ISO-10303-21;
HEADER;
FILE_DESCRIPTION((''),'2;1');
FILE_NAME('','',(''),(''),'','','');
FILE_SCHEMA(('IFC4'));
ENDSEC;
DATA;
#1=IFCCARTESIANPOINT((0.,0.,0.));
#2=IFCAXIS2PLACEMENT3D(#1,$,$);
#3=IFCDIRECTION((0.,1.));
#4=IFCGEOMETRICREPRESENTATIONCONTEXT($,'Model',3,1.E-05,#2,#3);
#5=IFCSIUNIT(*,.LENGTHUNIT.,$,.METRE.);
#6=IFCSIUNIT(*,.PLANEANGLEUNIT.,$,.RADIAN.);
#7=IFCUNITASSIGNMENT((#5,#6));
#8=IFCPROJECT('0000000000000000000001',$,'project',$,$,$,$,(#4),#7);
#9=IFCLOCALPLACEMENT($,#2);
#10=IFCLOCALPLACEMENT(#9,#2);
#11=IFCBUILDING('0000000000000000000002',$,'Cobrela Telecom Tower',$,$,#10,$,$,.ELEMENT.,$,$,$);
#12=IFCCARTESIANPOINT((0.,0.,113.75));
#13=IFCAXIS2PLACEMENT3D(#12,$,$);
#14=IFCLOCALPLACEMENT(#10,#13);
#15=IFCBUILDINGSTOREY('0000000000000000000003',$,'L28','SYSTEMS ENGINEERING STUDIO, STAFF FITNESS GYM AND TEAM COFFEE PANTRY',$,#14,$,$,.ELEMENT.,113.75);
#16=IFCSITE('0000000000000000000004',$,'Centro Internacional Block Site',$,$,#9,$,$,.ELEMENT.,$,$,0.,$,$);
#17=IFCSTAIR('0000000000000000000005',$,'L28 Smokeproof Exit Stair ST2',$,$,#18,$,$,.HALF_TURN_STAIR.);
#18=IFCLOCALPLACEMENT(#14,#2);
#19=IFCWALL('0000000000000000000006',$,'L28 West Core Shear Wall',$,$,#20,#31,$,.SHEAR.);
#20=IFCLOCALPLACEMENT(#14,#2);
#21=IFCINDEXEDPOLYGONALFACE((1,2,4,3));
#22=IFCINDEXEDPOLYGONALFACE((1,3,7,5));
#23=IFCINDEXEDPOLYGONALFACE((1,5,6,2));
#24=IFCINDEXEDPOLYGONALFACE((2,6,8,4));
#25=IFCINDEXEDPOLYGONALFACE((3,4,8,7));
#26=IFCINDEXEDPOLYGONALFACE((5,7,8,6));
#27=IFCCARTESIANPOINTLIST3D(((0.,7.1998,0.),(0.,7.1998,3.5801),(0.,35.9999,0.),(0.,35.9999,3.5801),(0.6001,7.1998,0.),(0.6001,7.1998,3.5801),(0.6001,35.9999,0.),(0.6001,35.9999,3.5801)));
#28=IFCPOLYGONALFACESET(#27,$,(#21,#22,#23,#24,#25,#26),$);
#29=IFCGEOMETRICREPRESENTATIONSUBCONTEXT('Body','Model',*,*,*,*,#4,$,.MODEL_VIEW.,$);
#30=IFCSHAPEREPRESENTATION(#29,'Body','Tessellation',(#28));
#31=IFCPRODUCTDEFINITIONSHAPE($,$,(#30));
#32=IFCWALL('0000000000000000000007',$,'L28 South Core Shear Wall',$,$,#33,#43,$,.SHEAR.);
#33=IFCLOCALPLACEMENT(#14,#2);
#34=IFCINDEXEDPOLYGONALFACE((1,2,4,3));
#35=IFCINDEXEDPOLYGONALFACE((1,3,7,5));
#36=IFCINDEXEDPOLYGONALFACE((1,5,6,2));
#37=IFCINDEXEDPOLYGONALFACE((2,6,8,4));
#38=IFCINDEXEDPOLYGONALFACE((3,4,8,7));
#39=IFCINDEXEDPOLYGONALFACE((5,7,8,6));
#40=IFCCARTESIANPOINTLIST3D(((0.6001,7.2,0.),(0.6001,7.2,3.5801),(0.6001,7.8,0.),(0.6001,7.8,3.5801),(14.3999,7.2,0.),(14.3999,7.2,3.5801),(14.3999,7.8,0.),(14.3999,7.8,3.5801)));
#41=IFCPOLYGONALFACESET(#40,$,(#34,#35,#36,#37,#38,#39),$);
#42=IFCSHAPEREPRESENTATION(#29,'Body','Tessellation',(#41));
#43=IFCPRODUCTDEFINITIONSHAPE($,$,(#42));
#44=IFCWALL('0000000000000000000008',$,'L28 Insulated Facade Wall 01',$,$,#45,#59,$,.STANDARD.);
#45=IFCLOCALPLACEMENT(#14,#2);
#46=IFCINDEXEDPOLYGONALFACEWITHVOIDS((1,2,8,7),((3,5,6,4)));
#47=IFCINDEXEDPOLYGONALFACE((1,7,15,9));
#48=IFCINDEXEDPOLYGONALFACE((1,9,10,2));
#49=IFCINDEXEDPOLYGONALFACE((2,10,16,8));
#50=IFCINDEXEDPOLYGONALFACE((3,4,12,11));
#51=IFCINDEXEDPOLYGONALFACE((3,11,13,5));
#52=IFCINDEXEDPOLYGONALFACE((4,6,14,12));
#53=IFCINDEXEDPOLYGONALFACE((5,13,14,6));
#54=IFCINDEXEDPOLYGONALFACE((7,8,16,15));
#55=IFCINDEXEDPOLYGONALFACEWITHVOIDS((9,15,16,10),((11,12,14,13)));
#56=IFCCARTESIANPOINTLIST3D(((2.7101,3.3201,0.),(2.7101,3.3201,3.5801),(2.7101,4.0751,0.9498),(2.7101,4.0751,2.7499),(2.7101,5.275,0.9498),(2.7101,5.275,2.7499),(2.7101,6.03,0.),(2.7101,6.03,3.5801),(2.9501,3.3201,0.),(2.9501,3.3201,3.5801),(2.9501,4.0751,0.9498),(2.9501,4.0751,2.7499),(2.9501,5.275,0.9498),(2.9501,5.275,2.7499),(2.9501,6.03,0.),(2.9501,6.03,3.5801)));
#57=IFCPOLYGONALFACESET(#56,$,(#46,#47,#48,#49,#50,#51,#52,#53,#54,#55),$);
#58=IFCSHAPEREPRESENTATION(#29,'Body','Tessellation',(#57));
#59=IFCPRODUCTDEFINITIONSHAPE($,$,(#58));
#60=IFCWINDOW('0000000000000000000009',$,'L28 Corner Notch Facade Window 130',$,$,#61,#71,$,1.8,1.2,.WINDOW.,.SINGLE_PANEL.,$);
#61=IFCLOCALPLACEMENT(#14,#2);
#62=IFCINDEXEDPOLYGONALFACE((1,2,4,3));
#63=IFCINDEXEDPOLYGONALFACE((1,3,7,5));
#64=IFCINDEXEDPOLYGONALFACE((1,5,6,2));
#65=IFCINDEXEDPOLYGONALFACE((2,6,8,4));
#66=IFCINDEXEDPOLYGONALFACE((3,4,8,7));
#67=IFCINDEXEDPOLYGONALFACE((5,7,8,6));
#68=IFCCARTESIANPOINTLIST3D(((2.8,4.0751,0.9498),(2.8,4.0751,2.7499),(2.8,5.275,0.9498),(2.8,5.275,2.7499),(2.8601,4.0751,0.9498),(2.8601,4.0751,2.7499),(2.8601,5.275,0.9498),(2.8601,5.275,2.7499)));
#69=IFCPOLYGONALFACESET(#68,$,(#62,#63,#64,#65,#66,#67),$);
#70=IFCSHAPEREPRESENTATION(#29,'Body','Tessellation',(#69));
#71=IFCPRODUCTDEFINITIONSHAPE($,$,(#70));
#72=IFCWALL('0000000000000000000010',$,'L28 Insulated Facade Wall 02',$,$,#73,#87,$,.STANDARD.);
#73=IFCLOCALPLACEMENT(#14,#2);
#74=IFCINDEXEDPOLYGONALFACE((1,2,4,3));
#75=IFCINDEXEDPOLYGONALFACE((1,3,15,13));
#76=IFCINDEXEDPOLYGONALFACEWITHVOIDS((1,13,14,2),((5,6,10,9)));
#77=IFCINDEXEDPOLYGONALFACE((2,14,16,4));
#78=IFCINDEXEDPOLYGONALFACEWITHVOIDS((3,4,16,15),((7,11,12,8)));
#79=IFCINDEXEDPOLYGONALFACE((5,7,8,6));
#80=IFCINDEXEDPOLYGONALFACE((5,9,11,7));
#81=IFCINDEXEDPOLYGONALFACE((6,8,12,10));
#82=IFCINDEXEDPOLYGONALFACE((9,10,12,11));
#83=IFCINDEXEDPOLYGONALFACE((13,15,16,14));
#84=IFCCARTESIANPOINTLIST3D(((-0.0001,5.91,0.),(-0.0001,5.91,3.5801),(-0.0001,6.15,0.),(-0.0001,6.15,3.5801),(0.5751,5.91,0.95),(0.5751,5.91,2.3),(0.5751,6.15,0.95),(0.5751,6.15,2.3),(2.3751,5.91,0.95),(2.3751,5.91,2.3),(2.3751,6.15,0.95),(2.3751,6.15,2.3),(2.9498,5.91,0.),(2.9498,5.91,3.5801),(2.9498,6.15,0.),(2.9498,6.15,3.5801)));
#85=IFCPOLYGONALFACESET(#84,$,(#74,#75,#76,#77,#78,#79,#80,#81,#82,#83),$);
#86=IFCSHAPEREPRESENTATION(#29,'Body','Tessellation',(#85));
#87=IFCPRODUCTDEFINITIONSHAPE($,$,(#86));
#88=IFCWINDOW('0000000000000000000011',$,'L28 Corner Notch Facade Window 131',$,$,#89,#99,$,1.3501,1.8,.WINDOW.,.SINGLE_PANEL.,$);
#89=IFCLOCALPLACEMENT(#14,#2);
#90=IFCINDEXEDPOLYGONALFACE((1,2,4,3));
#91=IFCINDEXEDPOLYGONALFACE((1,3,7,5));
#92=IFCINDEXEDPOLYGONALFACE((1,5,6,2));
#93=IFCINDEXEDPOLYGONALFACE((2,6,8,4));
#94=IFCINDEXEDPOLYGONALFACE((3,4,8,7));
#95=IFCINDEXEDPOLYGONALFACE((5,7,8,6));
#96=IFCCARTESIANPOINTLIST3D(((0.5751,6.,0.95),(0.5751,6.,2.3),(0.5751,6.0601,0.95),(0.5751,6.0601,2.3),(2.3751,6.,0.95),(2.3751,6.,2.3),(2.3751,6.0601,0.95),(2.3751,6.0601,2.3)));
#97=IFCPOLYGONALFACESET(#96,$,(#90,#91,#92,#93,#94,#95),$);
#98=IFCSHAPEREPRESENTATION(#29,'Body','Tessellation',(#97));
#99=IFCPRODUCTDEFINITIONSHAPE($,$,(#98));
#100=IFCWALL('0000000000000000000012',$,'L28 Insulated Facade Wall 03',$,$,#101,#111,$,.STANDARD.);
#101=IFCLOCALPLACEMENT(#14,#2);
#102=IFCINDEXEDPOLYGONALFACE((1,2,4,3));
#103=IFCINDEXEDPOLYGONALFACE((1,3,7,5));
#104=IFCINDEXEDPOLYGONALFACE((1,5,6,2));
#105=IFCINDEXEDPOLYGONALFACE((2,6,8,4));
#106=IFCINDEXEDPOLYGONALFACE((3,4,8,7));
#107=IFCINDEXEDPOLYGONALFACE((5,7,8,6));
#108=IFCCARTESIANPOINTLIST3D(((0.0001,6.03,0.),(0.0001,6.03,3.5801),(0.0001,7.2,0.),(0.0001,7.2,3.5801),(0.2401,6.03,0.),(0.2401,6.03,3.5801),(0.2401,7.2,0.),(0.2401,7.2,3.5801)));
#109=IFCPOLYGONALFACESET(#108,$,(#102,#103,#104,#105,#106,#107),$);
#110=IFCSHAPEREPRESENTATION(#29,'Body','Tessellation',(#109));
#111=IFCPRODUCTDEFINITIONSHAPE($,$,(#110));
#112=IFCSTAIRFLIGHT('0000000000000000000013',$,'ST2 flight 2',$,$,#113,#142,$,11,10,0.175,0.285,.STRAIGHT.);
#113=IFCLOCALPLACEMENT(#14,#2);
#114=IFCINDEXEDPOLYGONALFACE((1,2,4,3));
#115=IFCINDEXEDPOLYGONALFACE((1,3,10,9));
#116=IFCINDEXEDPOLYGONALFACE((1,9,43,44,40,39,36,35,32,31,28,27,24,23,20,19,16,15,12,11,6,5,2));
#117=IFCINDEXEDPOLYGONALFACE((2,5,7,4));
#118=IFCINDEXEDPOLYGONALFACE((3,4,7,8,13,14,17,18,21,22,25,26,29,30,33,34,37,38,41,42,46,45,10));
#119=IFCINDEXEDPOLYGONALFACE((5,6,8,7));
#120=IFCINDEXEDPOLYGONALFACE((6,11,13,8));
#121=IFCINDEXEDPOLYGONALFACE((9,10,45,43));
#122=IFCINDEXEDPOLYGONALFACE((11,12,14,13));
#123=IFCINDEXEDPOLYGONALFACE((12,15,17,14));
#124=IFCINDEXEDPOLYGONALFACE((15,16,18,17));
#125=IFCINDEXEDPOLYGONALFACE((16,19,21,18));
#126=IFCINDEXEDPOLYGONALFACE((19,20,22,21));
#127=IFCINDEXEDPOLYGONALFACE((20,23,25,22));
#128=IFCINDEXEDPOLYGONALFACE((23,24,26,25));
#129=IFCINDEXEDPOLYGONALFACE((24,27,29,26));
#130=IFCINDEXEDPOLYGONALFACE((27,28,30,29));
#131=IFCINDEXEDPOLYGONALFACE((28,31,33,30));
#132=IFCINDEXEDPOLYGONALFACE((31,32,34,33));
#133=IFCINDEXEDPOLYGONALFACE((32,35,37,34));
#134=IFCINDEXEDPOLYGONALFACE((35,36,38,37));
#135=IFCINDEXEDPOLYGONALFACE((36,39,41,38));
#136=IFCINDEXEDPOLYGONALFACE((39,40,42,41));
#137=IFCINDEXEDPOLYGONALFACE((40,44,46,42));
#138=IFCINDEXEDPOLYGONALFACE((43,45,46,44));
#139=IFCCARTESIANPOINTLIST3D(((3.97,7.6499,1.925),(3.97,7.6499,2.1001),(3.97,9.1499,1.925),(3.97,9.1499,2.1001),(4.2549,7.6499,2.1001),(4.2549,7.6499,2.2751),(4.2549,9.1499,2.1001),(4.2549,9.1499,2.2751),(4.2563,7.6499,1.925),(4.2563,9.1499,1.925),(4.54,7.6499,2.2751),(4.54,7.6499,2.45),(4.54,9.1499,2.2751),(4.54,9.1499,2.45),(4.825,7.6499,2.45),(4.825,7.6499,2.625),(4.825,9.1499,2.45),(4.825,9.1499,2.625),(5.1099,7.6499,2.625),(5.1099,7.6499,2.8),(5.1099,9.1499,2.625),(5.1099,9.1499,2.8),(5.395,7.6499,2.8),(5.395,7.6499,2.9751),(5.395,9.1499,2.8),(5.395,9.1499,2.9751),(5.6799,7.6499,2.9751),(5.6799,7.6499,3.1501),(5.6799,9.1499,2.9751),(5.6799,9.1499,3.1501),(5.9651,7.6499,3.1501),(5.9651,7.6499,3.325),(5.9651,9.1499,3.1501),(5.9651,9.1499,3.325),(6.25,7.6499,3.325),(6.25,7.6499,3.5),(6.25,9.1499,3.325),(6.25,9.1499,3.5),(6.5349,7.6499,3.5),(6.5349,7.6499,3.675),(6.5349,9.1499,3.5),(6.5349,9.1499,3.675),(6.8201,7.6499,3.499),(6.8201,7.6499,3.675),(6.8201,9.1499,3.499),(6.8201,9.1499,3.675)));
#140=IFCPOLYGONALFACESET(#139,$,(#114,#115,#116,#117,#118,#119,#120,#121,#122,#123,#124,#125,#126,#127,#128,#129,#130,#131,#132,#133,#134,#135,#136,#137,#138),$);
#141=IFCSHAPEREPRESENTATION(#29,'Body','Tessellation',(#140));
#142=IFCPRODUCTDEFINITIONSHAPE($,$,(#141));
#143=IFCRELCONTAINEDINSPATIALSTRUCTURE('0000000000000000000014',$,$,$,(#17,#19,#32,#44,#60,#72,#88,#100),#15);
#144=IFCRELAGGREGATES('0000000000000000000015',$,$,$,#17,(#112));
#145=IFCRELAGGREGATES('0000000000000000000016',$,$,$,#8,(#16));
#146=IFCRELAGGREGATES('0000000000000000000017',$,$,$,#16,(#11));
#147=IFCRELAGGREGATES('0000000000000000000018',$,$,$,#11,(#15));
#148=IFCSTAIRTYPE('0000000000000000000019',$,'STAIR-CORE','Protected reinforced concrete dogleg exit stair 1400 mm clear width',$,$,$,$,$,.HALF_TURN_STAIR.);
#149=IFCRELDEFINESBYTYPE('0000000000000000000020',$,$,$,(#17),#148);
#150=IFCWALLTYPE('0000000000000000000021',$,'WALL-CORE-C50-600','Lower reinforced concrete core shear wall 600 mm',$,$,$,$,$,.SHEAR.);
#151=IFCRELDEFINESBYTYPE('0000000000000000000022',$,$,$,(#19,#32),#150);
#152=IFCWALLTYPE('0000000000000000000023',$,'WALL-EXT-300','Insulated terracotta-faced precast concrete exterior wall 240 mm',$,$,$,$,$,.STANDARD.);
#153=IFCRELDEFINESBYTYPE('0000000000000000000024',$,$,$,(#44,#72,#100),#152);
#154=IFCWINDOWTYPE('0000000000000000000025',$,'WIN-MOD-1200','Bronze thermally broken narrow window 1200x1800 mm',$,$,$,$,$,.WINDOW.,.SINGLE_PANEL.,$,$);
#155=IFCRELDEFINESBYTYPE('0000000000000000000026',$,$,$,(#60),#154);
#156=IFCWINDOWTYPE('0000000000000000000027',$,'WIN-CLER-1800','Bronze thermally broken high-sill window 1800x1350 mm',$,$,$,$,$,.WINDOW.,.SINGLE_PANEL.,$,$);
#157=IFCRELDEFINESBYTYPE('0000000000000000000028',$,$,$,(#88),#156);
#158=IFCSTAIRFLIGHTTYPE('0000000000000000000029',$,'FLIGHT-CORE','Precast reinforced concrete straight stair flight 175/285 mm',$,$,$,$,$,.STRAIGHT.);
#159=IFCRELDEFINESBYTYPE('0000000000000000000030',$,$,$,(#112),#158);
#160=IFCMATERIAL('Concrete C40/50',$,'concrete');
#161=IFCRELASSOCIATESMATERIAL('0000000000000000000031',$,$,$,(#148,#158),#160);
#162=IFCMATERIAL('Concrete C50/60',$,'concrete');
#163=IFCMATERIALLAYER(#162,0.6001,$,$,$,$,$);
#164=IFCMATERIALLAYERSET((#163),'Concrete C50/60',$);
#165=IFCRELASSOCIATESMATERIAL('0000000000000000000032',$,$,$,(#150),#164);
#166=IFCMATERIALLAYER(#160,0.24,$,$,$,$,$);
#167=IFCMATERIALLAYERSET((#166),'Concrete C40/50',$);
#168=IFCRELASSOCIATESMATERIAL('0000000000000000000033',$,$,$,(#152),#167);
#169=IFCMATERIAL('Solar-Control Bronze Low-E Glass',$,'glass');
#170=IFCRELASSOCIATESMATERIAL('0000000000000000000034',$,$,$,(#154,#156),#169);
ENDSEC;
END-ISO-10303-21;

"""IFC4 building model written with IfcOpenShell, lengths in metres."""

from ifc_helpers import new_model, si_unit, direction, frame, frame_2d, origin, place, context, subcontext, project, spatial, polyline, rectangle, outline, extrude, material, layer, layer_set, type_object, element, fill, aggregate, save


model = new_model("IFC4")

# Units and contexts
model_context = context("Model", 3, precision=1e-05, world=origin(), true_north=direction((0.0, 1.0)))
body_context = subcontext(model_context, "Body", "Model", "MODEL_VIEW")
ifc_project = project(units=[si_unit("LENGTHUNIT", "METRE"), si_unit("PLANEANGLEUNIT", "RADIAN")], contexts=[model_context])

# Site, building, storey
site_placement = place(None, origin())
site = spatial("IfcSite", under=ifc_project, at=site_placement, Name="Centro Internacional Block Site", CompositionType="ELEMENT", RefElevation=0.0)
building_placement = place(site_placement, origin())
building = spatial("IfcBuilding", under=site, at=building_placement, Name="Cobrela Telecom Tower", CompositionType="ELEMENT")
storey_placement = place(building_placement, frame((0.0, 0.0, 113.75)))
storey = spatial("IfcBuildingStorey", under=building, at=storey_placement, Name="L28", Description="SYSTEMS ENGINEERING STUDIO, STAFF FITNESS GYM AND TEAM COFFEE PANTRY", CompositionType="ELEMENT", Elevation=113.75)

# Shared definitions
ifc_material_1 = material(Name="Solar-Control Bronze Low-E Glass", Category="glass")

# Shared definitions
ifc_material_2 = material(Name="Concrete C40/50", Category="concrete")

# Stair
stair_type = type_object("IfcStairType", Name="STAIR-CORE", Description="Protected reinforced concrete dogleg exit stair 1400 mm clear width", PredefinedType="HALF_TURN_STAIR", material=ifc_material_2)
stair_1_placement = place(storey_placement, origin())
stair_1 = element("IfcStair", 1, at=stair_1_placement, inside=storey, type_object=stair_type, Name="L28 Smokeproof Exit Stair ST2", PredefinedType="HALF_TURN_STAIR")

# Walls
ifc_material_3 = material(Name="Concrete C50/60", Category="concrete")
ifc_layer_1 = layer(ifc_material_3, 0.6001)
ifc_layer_set_1 = layer_set([ifc_layer_1], Name="Concrete C50/60")
wall_type_1 = type_object("IfcWallType", Name="WALL-CORE-C50-600", Description="Lower reinforced concrete core shear wall 600 mm", PredefinedType="SHEAR", material=ifc_layer_set_1)
wall_1_placement = place(storey_placement, frame((0.3, 7.2, 0.0), z_axis=(0.0, 0.0, 1.0), x_axis=(0.0, 1.0, 0.0)))
element("IfcWall", 2, at=wall_1_placement, inside=storey, type_object=wall_type_1, Name="L28 West Core Shear Wall", PredefinedType="SHEAR", context=body_context, shape_type="SweptSolid", body=[
    extrude(rectangle(XDim=28.8, YDim=0.6001, at=frame_2d((14.3999, 0.0))), origin(), (0.0, 0.0, 1.0), 3.5801),
])
wall_2_placement = place(storey_placement, frame((0.6001, 7.5, 0.0), z_axis=(0.0, 0.0, 1.0), x_axis=(1.0, 0.0, 0.0)))
element("IfcWall", 3, at=wall_2_placement, inside=storey, type_object=wall_type_1, Name="L28 South Core Shear Wall", PredefinedType="SHEAR", context=body_context, shape_type="SweptSolid", body=[
    extrude(rectangle(XDim=13.7998, YDim=0.6001, at=frame_2d((6.8999, 0.0))), origin(), (0.0, 0.0, 1.0), 3.5801),
])

# Walls, openings, windows
ifc_layer_2 = layer(ifc_material_2, 0.24)
ifc_layer_set_2 = layer_set([ifc_layer_2], Name="Concrete C40/50")
wall_type_2 = type_object("IfcWallType", Name="WALL-EXT-300", Description="Insulated terracotta-faced precast concrete exterior wall 240 mm", PredefinedType="STANDARD", material=ifc_layer_set_2)
wall_3_placement = place(storey_placement, frame((2.8301, 3.3201, 0.0), z_axis=(0.0, 0.0, 1.0), x_axis=(0.0, 1.0, 0.0)))
wall_3 = element("IfcWall", 4, at=wall_3_placement, inside=storey, type_object=wall_type_2, Name="L28 Insulated Facade Wall 01", PredefinedType="STANDARD", context=body_context, shape_type="SweptSolid", body=[
    extrude(rectangle(XDim=2.71, YDim=0.24, at=frame_2d((1.355, 0.0))), origin(), (0.0, 0.0, 1.0), 3.5801),
])
opening_1_placement = place(wall_3_placement, frame((0.7549, 0.0, 0.95)))
opening_1 = element("IfcOpeningElement", 5, at=opening_1_placement, cuts=wall_3, PredefinedType="OPENING", context=body_context, shape_type="SweptSolid", body=[
    extrude(rectangle(XDim=1.2, YDim=1.8, at=frame_2d((0.6001, 0.8999))), frame((0.0, 0.1318, 0.0), z_axis=(0.0, -1.0, 0.0), x_axis=(1.0, 0.0, 0.0)), (0.0, 0.0, 1.0), 0.2639),
])
window_type_1 = type_object("IfcWindowType", Name="WIN-MOD-1200", Description="Bronze thermally broken narrow window 1200x1800 mm", PartitioningType="SINGLE_PANEL", PredefinedType="WINDOW", material=ifc_material_1)
window_1_placement = place(opening_1_placement, origin())
window_1 = element("IfcWindow", 6, at=window_1_placement, inside=storey, type_object=window_type_1, Name="L28 Corner Notch Facade Window 130", OverallHeight=1.8, OverallWidth=1.2, PartitioningType="SINGLE_PANEL", PredefinedType="WINDOW", context=body_context, shape_type="SweptSolid", body=[
    extrude(rectangle(XDim=1.2, YDim=1.8, at=frame_2d((0.6001, 0.8999))), frame((0.0, 0.03, 0.0), z_axis=(0.0, -1.0, 0.0), x_axis=(1.0, 0.0, 0.0)), (0.0, 0.0, 1.0), 0.0601),
])
fill(opening_1, window_1)
wall_4_placement = place(storey_placement, frame((2.95, 6.03, 0.0), z_axis=(0.0, 0.0, 1.0), x_axis=(-1.0, 0.0, 0.0)))
wall_4 = element("IfcWall", 7, at=wall_4_placement, inside=storey, type_object=wall_type_2, Name="L28 Insulated Facade Wall 02", PredefinedType="STANDARD", context=body_context, shape_type="SweptSolid", body=[
    extrude(rectangle(XDim=2.95, YDim=0.24, at=frame_2d((1.4751, 0.0))), origin(), (0.0, 0.0, 1.0), 3.5801),
])
opening_2_placement = place(wall_4_placement, frame((0.575, 0.0, 0.95)))
opening_2 = element("IfcOpeningElement", 8, at=opening_2_placement, cuts=wall_4, PredefinedType="OPENING", context=body_context, shape_type="SweptSolid", body=[
    extrude(rectangle(XDim=1.8, YDim=1.3501, at=frame_2d((0.8999, 0.675))), frame((0.0, 0.1318, 0.0), z_axis=(0.0, -1.0, 0.0), x_axis=(1.0, 0.0, 0.0)), (0.0, 0.0, 1.0), 0.2639),
])
window_type_2 = type_object("IfcWindowType", Name="WIN-CLER-1800", Description="Bronze thermally broken high-sill window 1800x1350 mm", PartitioningType="SINGLE_PANEL", PredefinedType="WINDOW", material=ifc_material_1)
window_2_placement = place(opening_2_placement, origin())
window_2 = element("IfcWindow", 9, at=window_2_placement, inside=storey, type_object=window_type_2, Name="L28 Corner Notch Facade Window 131", OverallHeight=1.3501, OverallWidth=1.8, PartitioningType="SINGLE_PANEL", PredefinedType="WINDOW", context=body_context, shape_type="SweptSolid", body=[
    extrude(rectangle(XDim=1.8, YDim=1.3501, at=frame_2d((0.8999, 0.675))), frame((0.0, 0.03, 0.0), z_axis=(0.0, -1.0, 0.0), x_axis=(1.0, 0.0, 0.0)), (0.0, 0.0, 1.0), 0.0601),
])
fill(opening_2, window_2)

# Wall
wall_5_placement = place(storey_placement, frame((0.1201, 6.03, 0.0), z_axis=(0.0, 0.0, 1.0), x_axis=(0.0, 1.0, 0.0)))
element("IfcWall", 10, at=wall_5_placement, inside=storey, type_object=wall_type_2, Name="L28 Insulated Facade Wall 03", PredefinedType="STANDARD", context=body_context, shape_type="SweptSolid", body=[
    extrude(rectangle(XDim=1.1699, YDim=0.24, at=frame_2d((0.585, 0.0))), origin(), (0.0, 0.0, 1.0), 3.5801),
])

# Stair flight
stair_flight_type = type_object("IfcStairFlightType", Name="FLIGHT-CORE", Description="Precast reinforced concrete straight stair flight 175/285 mm", PredefinedType="STRAIGHT", material=ifc_material_2)
stair_flight_placement = place(storey_placement, frame((3.97, 8.3999, 1.925), z_axis=(0.0, 0.0, 1.0), x_axis=(1.0, 0.0, 0.0)))
stair_flight = element("IfcStairFlight", 11, at=stair_flight_placement, type_object=stair_flight_type, Name="ST2 flight 2", NumberOfRisers=11, NumberOfTreads=10, PredefinedType="STRAIGHT", RiserHeight=0.175, TreadLength=0.285, context=body_context, shape_type="SweptSolid", body=[
    extrude(outline(polyline([(0.0, 0.0), (0.0, 0.175), (0.2849, 0.175), (0.2849, 0.3501), (0.5701, 0.3501), (0.5701, 0.5249), (0.855, 0.5249), (0.855, 0.7), (1.1399, 0.7), (1.1399, 0.875), (1.425, 0.875), (1.425, 1.05), (1.71, 1.05), (1.71, 1.2251), (1.9951, 1.2251), (1.9951, 1.3999), (2.28, 1.3999), (2.28, 1.575), (2.5649, 1.575), (2.5649, 1.75), (2.8501, 1.75), (2.8501, 1.925), (2.8501, 1.574), (0.2864, 0.0), (0.0, 0.0)])), frame((0.0, 0.75, 0.0), z_axis=(0.0, -1.0, 0.0), x_axis=(1.0, 0.0, 0.0)), (0.0, 0.0, 1.0), 1.5),
])
aggregate(stair_1, [stair_flight])

save(model, "model.ifc")
